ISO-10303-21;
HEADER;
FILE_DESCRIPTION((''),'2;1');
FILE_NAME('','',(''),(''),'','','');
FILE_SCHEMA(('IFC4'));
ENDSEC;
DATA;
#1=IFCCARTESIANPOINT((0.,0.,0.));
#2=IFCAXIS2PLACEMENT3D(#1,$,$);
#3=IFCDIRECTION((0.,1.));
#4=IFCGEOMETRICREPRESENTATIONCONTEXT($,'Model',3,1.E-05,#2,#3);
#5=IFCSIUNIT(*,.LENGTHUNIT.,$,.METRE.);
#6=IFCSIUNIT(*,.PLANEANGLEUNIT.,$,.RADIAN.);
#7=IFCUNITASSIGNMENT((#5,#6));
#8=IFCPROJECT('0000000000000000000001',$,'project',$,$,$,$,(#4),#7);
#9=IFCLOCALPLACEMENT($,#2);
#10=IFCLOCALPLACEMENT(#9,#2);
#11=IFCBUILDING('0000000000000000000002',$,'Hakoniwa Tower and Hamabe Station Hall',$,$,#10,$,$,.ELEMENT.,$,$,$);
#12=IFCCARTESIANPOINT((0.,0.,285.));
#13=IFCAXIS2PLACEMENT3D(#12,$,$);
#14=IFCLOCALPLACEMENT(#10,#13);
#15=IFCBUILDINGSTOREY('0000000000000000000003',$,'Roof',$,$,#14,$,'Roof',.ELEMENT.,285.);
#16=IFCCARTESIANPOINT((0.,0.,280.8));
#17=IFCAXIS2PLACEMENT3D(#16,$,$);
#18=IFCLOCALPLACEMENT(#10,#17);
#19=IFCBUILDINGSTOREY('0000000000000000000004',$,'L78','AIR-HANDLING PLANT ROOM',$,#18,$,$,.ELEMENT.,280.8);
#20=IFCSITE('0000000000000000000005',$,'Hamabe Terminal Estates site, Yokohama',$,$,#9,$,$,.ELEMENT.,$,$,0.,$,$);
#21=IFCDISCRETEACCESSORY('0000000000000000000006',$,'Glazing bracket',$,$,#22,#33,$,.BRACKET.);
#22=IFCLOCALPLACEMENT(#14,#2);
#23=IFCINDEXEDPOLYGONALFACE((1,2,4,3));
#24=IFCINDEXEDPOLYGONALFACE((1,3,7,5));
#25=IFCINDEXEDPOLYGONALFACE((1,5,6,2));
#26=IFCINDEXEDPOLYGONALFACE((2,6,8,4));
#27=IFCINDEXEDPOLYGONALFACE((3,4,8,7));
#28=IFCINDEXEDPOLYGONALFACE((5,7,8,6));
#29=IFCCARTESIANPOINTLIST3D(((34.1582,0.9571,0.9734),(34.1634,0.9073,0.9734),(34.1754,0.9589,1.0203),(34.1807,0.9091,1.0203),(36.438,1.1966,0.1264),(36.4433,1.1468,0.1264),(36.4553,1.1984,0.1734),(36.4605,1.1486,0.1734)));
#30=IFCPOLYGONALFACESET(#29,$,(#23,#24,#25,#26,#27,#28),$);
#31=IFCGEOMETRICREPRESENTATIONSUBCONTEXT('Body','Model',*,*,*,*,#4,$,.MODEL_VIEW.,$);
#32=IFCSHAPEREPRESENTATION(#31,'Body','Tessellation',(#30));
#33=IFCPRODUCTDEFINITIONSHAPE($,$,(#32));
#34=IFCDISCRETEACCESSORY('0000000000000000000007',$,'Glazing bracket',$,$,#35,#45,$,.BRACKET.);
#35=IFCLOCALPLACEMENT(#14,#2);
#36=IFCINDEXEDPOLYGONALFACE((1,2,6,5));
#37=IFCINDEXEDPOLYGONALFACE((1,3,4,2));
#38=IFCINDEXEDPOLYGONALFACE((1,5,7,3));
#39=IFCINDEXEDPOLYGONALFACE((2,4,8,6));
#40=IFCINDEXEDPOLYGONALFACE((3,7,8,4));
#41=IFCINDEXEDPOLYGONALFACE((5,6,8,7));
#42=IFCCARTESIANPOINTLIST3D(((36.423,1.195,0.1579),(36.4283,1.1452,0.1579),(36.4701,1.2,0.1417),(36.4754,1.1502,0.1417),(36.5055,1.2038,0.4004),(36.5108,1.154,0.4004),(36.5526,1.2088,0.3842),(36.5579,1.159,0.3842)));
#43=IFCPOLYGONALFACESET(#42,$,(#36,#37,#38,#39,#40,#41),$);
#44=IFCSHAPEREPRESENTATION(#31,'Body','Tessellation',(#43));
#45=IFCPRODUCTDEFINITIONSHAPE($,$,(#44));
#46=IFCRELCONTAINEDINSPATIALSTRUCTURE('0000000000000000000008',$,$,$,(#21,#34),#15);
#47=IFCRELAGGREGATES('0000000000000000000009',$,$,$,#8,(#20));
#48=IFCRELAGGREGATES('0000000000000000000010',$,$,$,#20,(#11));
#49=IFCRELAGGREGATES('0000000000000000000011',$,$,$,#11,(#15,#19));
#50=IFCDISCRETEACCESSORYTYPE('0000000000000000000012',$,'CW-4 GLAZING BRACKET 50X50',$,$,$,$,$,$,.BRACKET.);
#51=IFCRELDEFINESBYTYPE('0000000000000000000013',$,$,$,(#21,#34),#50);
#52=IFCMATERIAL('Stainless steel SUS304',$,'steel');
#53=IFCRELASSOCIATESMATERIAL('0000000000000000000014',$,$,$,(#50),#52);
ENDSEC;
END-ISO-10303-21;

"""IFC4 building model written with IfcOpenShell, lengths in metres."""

from ifc_helpers import new_model, si_unit, direction, frame, origin, origin_2d, place, context, subcontext, project, spatial, rectangle, extrude, material, material_profile, profile_set, type_object, element, save


model = new_model("IFC4")

# Units and contexts
model_context = context("Model", 3, precision=1e-05, world=origin(), true_north=direction((0.0, 1.0)))
body_context = subcontext(model_context, "Body", "Model", "MODEL_VIEW")
ifc_project = project(units=[si_unit("LENGTHUNIT", "METRE"), si_unit("PLANEANGLEUNIT", "RADIAN")], contexts=[model_context])

# Site, building, storey
site_placement = place(None, origin())
site = spatial("IfcSite", under=ifc_project, at=site_placement, Name="Hamabe Terminal Estates site, Yokohama", CompositionType="ELEMENT", RefElevation=0.0)
building_placement = place(site_placement, origin())
building = spatial("IfcBuilding", under=site, at=building_placement, Name="Hakoniwa Tower and Hamabe Station Hall", CompositionType="ELEMENT")
storey_1_placement = place(building_placement, frame((0.0, 0.0, 285.0)))
storey_1 = spatial("IfcBuildingStorey", under=building, at=storey_1_placement, Name="Roof", LongName="Roof", CompositionType="ELEMENT", Elevation=285.0)

# Shared definitions
storey_2_placement = place(building_placement, frame((0.0, 0.0, 280.8)))
storey_2 = spatial("IfcBuildingStorey", under=building, at=storey_2_placement, Name="L78", Description="AIR-HANDLING PLANT ROOM", CompositionType="ELEMENT", Elevation=280.8)

# Discrete accessories
ifc_material_1 = material(Name="Stainless steel SUS304", Category="steel")
ifc_material_profile_1 = material_profile(ifc_material_1, rectangle(XDim=0.05, YDim=0.05, at=origin_2d()), Name="CW-4 GLAZING BRACKET 50X50")
ifc_profile_set_1 = profile_set([ifc_material_profile_1], Name="Stainless steel SUS304")
discrete_accessory_type = type_object("IfcDiscreteAccessoryType", Name="CW-4 GLAZING BRACKET 50X50", PredefinedType="BRACKET", material=ifc_profile_set_1)
discrete_accessory_1_placement = place(storey_1_placement, frame((34.1694, 0.9331, 0.9968), z_axis=(0.932893, 0.098005, -0.346563), x_axis=(-0.10448, 0.994527, 0.0)))
element("IfcDiscreteAccessory", 1, at=discrete_accessory_1_placement, inside=storey_1, type_object=discrete_accessory_type, Name="Glazing bracket", PredefinedType="BRACKET", context=body_context, shape_type="SweptSolid", body=[
    extrude(rectangle(XDim=0.05, YDim=0.05, at=origin_2d()), origin(), (0.0, 0.0, 1.0), 2.4438),
])
discrete_accessory_2_placement = place(storey_1_placement, frame((36.5317, 1.1814, 0.3923), z_axis=(-0.322038, -0.0343, -0.946105), x_axis=(0.10591, -0.994376, 0.0)))
element("IfcDiscreteAccessory", 2, at=discrete_accessory_2_placement, inside=storey_1, type_object=discrete_accessory_type, Name="Glazing bracket", PredefinedType="BRACKET", context=body_context, shape_type="SweptSolid", body=[
    extrude(rectangle(XDim=0.05, YDim=0.05, at=origin_2d()), origin(), (0.0, 0.0, 1.0), 0.2563),
])

save(model, "model.ifc")
